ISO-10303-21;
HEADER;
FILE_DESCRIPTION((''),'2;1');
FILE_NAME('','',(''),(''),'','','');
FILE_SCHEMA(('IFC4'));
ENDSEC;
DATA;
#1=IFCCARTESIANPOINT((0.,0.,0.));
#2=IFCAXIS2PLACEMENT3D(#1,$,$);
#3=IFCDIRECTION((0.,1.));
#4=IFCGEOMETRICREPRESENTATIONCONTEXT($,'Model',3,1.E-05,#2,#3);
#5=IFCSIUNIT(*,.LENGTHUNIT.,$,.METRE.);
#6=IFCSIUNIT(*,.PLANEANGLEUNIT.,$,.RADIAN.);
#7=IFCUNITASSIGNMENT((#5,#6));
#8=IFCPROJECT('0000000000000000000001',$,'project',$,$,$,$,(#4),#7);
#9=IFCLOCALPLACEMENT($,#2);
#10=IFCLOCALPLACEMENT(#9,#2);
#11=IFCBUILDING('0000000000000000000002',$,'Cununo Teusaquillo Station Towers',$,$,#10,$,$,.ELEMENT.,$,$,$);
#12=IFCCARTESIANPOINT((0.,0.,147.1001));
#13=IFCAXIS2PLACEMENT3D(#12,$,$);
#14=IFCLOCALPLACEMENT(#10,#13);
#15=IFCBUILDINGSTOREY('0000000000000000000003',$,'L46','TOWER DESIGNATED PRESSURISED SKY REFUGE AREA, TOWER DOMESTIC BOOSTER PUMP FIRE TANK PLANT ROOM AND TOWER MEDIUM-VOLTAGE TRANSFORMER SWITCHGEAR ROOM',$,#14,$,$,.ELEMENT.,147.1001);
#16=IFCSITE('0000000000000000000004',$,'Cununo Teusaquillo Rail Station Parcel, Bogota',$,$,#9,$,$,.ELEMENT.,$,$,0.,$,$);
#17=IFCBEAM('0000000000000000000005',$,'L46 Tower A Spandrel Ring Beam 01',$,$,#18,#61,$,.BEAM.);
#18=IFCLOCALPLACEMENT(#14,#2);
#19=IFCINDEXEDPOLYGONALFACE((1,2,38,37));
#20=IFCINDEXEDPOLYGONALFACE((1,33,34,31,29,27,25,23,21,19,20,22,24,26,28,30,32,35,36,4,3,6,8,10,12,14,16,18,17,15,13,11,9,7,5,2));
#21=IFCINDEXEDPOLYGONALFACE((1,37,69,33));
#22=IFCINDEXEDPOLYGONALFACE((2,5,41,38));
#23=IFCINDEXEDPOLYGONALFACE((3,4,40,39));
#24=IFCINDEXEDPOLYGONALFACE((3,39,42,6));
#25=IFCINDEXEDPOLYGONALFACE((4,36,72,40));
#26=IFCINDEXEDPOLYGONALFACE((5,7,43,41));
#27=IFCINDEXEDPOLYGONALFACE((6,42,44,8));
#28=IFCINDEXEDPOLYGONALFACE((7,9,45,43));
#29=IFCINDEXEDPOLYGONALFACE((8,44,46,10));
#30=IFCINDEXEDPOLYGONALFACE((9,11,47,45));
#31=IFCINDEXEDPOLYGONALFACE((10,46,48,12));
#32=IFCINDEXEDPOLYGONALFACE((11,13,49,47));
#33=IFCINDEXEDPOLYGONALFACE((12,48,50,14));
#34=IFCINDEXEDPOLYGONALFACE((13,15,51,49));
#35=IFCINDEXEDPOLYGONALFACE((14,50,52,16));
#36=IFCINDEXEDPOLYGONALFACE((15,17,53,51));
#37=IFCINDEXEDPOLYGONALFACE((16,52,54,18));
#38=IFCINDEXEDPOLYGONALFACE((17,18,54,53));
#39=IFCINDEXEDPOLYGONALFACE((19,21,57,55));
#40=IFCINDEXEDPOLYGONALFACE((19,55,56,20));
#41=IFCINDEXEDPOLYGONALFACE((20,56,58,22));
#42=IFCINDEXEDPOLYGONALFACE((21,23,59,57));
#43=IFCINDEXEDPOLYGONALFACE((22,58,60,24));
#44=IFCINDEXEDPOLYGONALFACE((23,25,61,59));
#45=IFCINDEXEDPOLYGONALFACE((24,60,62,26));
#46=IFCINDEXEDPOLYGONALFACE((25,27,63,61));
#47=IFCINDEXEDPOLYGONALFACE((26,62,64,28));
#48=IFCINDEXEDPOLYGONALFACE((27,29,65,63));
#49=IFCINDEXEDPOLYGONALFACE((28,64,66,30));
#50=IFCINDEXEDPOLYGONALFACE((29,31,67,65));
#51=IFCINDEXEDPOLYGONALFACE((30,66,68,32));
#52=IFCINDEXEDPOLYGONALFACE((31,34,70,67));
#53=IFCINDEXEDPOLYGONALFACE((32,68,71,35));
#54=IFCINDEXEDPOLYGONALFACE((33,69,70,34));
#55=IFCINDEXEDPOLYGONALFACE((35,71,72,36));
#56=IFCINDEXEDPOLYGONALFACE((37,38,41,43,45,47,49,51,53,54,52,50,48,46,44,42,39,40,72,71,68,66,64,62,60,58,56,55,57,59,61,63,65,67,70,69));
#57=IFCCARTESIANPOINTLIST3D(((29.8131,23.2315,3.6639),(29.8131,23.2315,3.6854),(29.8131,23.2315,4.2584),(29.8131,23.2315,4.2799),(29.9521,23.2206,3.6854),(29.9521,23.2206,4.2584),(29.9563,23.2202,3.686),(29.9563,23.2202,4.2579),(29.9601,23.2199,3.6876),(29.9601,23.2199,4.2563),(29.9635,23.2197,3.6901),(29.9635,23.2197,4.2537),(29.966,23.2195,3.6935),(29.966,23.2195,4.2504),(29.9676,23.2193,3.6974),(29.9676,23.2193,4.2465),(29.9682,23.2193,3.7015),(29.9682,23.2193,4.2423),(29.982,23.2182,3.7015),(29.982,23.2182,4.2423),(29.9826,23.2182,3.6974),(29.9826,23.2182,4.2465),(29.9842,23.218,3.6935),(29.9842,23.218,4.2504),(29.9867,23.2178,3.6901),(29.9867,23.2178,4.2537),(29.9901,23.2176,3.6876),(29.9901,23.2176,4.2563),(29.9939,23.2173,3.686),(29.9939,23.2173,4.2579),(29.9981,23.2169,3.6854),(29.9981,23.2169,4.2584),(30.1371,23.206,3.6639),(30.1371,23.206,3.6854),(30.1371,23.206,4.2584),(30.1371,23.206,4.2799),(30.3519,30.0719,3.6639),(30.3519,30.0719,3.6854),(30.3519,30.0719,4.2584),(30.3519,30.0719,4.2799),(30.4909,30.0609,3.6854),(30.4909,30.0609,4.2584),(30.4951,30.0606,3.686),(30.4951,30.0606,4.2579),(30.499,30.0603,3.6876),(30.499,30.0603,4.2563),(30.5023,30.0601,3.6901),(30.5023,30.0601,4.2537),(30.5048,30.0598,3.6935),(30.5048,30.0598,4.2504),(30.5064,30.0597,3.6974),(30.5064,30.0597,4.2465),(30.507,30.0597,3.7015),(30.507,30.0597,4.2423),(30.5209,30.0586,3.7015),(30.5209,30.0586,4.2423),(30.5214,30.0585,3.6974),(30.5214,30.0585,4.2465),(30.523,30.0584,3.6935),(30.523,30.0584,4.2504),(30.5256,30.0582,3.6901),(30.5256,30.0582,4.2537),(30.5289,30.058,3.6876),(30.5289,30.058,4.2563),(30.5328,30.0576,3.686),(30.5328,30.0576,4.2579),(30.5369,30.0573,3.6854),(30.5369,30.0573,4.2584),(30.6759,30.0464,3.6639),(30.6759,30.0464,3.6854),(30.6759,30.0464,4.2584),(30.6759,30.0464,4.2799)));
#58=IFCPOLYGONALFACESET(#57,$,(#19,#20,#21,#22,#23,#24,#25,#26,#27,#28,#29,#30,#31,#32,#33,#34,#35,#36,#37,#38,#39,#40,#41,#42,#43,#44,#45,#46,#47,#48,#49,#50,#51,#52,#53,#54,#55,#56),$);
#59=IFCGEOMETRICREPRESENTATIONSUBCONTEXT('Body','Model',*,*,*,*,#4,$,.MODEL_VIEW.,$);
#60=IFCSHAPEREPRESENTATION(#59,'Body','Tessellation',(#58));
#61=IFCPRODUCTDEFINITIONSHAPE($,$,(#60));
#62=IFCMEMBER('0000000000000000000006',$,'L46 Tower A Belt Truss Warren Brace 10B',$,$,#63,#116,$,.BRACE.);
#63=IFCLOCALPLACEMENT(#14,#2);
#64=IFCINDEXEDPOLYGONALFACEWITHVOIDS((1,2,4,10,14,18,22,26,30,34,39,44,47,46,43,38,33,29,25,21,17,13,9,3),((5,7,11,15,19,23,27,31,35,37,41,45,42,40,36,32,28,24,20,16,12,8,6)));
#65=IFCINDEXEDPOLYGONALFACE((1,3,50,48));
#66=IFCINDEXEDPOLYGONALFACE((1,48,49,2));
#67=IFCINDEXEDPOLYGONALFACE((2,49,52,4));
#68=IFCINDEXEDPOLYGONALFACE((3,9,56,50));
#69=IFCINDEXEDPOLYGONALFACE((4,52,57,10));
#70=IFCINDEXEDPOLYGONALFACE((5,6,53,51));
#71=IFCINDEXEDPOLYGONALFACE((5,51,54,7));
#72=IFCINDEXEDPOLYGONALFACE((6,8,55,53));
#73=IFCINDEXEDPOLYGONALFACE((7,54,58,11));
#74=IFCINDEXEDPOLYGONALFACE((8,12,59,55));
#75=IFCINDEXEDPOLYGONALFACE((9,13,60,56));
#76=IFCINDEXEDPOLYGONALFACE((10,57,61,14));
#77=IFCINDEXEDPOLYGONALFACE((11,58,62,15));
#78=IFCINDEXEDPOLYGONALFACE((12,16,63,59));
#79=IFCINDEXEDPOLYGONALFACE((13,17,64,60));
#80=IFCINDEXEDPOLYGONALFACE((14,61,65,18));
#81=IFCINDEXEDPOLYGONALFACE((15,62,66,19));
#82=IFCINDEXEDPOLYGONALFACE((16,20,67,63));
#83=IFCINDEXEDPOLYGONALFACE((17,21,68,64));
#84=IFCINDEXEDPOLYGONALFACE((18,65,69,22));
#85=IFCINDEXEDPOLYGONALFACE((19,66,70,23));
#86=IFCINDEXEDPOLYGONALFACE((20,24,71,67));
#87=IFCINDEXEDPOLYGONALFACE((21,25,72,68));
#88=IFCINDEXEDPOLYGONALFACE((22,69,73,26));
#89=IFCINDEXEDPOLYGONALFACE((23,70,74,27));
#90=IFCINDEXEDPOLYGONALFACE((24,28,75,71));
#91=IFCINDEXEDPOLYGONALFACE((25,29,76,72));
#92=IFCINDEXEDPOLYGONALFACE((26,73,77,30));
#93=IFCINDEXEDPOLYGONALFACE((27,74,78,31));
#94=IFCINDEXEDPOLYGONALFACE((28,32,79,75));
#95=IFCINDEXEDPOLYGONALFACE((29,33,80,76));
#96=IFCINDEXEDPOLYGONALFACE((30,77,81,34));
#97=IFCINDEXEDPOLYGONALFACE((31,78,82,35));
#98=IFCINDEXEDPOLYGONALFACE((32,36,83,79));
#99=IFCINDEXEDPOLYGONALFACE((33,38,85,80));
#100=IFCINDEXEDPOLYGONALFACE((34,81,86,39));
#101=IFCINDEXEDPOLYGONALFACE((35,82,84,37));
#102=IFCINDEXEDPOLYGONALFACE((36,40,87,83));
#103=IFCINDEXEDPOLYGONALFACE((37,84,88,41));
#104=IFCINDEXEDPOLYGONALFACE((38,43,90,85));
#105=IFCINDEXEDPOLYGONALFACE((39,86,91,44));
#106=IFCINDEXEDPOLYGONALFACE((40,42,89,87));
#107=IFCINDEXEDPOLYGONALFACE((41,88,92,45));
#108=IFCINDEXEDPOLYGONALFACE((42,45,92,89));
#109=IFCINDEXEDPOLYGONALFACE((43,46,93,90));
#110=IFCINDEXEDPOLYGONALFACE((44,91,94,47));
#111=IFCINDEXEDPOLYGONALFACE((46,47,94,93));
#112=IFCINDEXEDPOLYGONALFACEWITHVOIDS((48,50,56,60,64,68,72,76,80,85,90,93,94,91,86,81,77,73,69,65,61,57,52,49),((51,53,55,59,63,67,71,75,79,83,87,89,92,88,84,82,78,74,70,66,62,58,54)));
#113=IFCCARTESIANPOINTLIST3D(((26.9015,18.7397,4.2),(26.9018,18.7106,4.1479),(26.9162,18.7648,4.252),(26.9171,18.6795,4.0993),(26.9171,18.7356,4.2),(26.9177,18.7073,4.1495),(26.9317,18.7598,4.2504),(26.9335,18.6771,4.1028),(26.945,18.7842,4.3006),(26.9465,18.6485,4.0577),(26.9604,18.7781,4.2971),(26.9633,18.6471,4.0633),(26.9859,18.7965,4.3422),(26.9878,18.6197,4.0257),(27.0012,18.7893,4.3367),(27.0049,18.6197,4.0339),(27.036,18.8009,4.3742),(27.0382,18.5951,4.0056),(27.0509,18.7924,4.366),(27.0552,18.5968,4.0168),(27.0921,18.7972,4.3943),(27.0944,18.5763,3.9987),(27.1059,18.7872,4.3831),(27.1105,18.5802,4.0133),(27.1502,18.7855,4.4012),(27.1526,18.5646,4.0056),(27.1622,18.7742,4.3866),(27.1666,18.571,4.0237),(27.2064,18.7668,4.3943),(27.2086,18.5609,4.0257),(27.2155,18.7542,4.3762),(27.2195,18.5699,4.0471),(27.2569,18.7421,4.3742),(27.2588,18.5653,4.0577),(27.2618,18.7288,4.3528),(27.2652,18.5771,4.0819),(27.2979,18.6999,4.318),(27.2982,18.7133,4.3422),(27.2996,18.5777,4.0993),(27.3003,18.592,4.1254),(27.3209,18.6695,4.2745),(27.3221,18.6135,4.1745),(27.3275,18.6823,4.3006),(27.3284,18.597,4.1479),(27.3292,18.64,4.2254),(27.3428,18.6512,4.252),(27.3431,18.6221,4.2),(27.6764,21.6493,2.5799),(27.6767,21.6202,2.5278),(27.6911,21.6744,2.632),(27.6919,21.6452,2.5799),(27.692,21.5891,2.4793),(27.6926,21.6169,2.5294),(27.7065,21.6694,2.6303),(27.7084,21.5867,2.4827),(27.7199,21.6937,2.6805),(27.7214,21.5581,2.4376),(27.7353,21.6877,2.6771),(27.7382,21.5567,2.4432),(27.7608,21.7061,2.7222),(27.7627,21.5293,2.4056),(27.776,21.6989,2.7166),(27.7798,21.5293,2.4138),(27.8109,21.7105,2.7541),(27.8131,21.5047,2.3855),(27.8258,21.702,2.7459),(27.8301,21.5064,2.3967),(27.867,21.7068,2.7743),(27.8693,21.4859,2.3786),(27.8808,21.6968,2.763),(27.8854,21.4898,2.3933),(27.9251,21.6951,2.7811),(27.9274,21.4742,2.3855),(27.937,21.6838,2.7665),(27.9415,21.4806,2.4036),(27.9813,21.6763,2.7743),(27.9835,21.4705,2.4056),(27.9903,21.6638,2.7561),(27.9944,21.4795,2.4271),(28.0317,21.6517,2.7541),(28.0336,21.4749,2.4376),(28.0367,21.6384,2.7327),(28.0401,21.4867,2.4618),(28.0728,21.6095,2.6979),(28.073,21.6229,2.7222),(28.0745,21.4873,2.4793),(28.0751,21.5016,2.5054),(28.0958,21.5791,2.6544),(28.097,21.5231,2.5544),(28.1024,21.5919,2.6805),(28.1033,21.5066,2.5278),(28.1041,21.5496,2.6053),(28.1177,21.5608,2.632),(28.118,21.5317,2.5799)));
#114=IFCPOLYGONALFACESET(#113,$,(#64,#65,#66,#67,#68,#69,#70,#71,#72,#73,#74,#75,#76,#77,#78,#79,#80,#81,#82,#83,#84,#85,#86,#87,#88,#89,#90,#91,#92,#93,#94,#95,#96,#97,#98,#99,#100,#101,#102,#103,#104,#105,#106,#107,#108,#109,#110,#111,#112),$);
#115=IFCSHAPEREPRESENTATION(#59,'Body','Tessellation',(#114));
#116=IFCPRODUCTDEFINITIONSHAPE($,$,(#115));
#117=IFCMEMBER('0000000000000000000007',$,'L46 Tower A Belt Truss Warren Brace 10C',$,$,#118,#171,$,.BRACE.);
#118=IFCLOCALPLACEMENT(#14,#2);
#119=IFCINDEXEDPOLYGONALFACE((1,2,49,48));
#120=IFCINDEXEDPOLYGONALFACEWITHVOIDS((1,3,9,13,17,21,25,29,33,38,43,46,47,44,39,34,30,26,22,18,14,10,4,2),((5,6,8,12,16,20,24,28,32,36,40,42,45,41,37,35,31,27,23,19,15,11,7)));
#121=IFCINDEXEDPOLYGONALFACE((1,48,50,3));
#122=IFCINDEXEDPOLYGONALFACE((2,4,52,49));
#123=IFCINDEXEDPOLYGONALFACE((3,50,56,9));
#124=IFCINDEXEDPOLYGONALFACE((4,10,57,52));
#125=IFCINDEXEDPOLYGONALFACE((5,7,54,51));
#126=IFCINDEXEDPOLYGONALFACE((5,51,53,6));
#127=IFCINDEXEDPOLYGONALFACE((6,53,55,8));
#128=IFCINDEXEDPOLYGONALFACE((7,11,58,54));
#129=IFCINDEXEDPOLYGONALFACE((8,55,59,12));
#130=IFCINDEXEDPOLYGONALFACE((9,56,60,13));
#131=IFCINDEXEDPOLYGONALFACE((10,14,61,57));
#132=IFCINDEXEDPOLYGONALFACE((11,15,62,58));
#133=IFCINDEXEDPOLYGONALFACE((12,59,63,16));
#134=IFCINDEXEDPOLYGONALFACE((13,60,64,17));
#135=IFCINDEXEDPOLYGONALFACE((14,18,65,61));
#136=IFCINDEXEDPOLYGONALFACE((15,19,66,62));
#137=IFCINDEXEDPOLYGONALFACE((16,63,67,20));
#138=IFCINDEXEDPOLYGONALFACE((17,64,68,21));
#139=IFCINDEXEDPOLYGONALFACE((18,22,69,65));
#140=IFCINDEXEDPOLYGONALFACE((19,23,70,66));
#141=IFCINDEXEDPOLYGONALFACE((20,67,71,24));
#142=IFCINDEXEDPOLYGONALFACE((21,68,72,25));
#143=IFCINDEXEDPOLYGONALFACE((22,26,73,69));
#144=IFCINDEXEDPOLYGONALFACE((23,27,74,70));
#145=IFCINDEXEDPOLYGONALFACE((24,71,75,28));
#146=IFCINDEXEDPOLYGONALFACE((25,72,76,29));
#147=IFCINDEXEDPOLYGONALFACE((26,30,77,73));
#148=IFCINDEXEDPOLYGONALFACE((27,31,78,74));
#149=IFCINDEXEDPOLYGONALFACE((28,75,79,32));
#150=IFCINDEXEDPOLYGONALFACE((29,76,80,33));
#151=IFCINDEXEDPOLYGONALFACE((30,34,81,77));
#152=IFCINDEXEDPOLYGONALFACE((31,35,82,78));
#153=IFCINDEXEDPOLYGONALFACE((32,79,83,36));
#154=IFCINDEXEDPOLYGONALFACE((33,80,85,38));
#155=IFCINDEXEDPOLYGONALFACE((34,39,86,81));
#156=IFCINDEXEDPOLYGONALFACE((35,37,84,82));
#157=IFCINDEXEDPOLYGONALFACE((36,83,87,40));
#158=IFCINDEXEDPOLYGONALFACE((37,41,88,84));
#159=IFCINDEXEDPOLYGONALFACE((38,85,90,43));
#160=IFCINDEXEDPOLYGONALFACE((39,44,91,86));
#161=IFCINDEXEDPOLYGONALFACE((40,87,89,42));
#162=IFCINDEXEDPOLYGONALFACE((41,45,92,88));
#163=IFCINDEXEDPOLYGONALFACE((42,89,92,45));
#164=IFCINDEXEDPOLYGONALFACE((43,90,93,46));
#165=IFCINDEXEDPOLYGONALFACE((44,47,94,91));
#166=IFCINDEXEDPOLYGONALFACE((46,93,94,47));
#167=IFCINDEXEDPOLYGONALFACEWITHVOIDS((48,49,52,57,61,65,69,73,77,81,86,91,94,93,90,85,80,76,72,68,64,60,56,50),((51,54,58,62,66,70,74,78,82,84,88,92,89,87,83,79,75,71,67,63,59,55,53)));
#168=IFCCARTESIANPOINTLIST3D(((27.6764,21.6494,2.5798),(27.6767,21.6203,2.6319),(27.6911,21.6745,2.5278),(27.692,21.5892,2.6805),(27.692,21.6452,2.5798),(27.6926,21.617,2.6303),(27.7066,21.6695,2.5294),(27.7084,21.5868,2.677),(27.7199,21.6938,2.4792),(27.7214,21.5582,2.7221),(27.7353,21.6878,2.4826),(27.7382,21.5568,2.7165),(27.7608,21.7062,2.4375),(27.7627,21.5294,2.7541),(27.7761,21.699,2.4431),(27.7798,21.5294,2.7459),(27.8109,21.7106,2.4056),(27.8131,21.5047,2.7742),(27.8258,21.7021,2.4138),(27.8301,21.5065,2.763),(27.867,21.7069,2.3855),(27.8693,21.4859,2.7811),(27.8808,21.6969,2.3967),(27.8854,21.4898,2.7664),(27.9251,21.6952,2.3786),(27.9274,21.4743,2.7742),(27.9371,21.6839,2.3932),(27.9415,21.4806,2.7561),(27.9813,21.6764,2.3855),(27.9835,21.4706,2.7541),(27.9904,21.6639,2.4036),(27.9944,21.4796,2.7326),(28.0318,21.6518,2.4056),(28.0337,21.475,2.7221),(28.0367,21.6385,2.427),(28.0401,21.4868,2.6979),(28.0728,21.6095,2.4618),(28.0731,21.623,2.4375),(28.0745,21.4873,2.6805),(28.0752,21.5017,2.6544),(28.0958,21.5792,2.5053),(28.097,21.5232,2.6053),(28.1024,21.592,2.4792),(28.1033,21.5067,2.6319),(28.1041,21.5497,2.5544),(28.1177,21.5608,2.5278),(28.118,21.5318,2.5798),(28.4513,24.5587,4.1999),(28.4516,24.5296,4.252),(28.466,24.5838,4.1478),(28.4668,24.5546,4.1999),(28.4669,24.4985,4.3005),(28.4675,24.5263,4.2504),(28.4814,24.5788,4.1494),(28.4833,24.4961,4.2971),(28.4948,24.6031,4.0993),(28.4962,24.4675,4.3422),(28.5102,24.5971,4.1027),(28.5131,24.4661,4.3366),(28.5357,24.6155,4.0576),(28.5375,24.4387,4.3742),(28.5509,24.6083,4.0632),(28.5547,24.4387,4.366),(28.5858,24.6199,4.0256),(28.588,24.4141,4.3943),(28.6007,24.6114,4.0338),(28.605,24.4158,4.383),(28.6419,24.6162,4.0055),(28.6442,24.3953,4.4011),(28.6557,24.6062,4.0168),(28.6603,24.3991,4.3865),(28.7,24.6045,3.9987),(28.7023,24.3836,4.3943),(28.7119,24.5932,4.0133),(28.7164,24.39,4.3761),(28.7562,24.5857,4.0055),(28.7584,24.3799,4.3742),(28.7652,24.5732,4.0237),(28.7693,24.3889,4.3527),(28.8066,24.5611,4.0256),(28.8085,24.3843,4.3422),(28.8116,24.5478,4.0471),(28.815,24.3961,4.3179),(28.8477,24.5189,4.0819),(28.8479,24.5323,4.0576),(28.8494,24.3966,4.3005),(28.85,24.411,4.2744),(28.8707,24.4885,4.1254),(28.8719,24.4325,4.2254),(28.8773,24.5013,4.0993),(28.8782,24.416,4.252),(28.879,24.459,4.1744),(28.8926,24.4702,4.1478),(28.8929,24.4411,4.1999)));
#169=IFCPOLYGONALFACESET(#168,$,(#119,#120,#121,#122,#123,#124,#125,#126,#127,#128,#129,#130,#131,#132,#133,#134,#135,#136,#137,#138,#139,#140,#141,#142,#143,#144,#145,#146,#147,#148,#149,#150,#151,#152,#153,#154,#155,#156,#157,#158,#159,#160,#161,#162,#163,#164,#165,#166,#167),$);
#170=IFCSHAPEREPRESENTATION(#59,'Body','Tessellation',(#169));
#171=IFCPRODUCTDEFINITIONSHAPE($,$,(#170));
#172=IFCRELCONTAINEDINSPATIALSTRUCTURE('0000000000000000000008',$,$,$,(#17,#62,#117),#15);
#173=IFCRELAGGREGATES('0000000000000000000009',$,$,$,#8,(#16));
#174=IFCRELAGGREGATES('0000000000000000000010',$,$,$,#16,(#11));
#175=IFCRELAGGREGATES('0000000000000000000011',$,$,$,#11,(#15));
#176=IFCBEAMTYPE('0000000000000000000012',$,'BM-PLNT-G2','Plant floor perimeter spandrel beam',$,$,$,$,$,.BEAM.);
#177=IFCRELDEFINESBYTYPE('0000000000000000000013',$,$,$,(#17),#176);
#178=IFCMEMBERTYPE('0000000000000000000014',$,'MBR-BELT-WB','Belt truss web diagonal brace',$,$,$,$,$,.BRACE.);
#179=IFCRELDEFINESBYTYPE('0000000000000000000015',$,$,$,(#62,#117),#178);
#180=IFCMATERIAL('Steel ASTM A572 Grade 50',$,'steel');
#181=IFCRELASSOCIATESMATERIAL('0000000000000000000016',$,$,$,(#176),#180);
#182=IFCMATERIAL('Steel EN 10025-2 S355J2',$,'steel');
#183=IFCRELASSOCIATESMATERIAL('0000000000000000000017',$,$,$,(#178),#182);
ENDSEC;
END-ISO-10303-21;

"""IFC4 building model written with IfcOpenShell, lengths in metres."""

from ifc_helpers import new_model, si_unit, direction, frame, origin, origin_2d, place, context, subcontext, project, spatial, hollow_circle, i_section, extrude, material, material_profile, profile_set, type_object, element, save


model = new_model("IFC4")

# Units and contexts
model_context = context("Model", 3, precision=1e-05, world=origin(), true_north=direction((0.0, 1.0)))
body_context = subcontext(model_context, "Body", "Model", "MODEL_VIEW")
ifc_project = project(units=[si_unit("LENGTHUNIT", "METRE"), si_unit("PLANEANGLEUNIT", "RADIAN")], contexts=[model_context])

# Site, building, storey
site_placement = place(None, origin())
site = spatial("IfcSite", under=ifc_project, at=site_placement, Name="Cununo Teusaquillo Rail Station Parcel, Bogota", CompositionType="ELEMENT", RefElevation=0.0)
building_placement = place(site_placement, origin())
building = spatial("IfcBuilding", under=site, at=building_placement, Name="Cununo Teusaquillo Station Towers", CompositionType="ELEMENT")
storey_placement = place(building_placement, frame((0.0, 0.0, 147.1001)))
storey = spatial("IfcBuildingStorey", under=building, at=storey_placement, Name="L46", Description="TOWER DESIGNATED PRESSURISED SKY REFUGE AREA, TOWER DOMESTIC BOOSTER PUMP FIRE TANK PLANT ROOM AND TOWER MEDIUM-VOLTAGE TRANSFORMER SWITCHGEAR ROOM", CompositionType="ELEMENT", Elevation=147.1001)

# Beam
ifc_material_1 = material(Name="Steel ASTM A572 Grade 50", Category="steel")
ifc_material_profile_1 = material_profile(ifc_material_1, i_section(OverallWidth=0.325, OverallDepth=0.616, WebThickness=0.0139, FlangeThickness=0.0215, FilletRadius=0.0161, at=origin_2d()), Name="W24X117")
ifc_profile_set_1 = profile_set([ifc_material_profile_1], Name="Steel ASTM A572 Grade 50")
beam_type_1 = type_object("IfcBeamType", Name="BM-PLNT-G2", Description="Plant floor perimeter spandrel beam", PredefinedType="BEAM", material=ifc_profile_set_1)
beam_1_placement = place(storey_placement, frame((29.9751, 23.2188, 3.9719), z_axis=(0.078528, 0.996912, 0.0), x_axis=(-0.996912, 0.078528, 0.0)))
element("IfcBeam", 1, at=beam_1_placement, inside=storey, type_object=beam_type_1, Name="L46 Tower A Spandrel Ring Beam 01", PredefinedType="BEAM", context=body_context, shape_type="SweptSolid", body=[
    extrude(i_section(OverallWidth=0.325, OverallDepth=0.616, WebThickness=0.0139, FlangeThickness=0.0215, FilletRadius=0.0161, at=origin_2d()), origin(), (0.0, 0.0, 1.0), 6.8616),
])

# Members
ifc_material_2 = material(Name="Steel EN 10025-2 S355J2", Category="steel")
ifc_material_profile_2 = material_profile(ifc_material_2, hollow_circle(Radius=0.2285, WallThickness=0.0161, at=origin_2d()), Name="CHS 457x16")
ifc_profile_set_2 = profile_set([ifc_material_profile_2], Name="Steel EN 10025-2 S355J2")
member_type_1 = type_object("IfcMemberType", Name="MBR-BELT-WB", Description="Belt truss web diagonal brace", PredefinedType="BRACE", material=ifc_profile_set_2)
member_1_placement = place(storey_placement, frame((27.1223, 18.6809, 4.2), z_axis=(0.226628, 0.850961, -0.473819), x_axis=(-0.966318, 0.25735, 0.0)))
element("IfcMember", 2, at=member_1_placement, inside=storey, type_object=member_type_1, Name="L46 Tower A Belt Truss Warren Brace 10B", PredefinedType="BRACE", context=body_context, shape_type="SweptSolid", body=[
    extrude(hollow_circle(Radius=0.2285, WallThickness=0.0161, at=origin_2d()), origin(), (0.0, 0.0, 1.0), 3.4192),
])
member_2_placement = place(storey_placement, frame((27.8972, 21.5906, 2.5798), z_axis=(0.226642, 0.850942, 0.473848), x_axis=(-0.966313, 0.25737, 0.0)))
element("IfcMember", 3, at=member_2_placement, inside=storey, type_object=member_type_1, Name="L46 Tower A Belt Truss Warren Brace 10C", PredefinedType="BRACE", context=body_context, shape_type="SweptSolid", body=[
    extrude(hollow_circle(Radius=0.2285, WallThickness=0.0161, at=origin_2d()), origin(), (0.0, 0.0, 1.0), 3.4189),
])

save(model, "model.ifc")
